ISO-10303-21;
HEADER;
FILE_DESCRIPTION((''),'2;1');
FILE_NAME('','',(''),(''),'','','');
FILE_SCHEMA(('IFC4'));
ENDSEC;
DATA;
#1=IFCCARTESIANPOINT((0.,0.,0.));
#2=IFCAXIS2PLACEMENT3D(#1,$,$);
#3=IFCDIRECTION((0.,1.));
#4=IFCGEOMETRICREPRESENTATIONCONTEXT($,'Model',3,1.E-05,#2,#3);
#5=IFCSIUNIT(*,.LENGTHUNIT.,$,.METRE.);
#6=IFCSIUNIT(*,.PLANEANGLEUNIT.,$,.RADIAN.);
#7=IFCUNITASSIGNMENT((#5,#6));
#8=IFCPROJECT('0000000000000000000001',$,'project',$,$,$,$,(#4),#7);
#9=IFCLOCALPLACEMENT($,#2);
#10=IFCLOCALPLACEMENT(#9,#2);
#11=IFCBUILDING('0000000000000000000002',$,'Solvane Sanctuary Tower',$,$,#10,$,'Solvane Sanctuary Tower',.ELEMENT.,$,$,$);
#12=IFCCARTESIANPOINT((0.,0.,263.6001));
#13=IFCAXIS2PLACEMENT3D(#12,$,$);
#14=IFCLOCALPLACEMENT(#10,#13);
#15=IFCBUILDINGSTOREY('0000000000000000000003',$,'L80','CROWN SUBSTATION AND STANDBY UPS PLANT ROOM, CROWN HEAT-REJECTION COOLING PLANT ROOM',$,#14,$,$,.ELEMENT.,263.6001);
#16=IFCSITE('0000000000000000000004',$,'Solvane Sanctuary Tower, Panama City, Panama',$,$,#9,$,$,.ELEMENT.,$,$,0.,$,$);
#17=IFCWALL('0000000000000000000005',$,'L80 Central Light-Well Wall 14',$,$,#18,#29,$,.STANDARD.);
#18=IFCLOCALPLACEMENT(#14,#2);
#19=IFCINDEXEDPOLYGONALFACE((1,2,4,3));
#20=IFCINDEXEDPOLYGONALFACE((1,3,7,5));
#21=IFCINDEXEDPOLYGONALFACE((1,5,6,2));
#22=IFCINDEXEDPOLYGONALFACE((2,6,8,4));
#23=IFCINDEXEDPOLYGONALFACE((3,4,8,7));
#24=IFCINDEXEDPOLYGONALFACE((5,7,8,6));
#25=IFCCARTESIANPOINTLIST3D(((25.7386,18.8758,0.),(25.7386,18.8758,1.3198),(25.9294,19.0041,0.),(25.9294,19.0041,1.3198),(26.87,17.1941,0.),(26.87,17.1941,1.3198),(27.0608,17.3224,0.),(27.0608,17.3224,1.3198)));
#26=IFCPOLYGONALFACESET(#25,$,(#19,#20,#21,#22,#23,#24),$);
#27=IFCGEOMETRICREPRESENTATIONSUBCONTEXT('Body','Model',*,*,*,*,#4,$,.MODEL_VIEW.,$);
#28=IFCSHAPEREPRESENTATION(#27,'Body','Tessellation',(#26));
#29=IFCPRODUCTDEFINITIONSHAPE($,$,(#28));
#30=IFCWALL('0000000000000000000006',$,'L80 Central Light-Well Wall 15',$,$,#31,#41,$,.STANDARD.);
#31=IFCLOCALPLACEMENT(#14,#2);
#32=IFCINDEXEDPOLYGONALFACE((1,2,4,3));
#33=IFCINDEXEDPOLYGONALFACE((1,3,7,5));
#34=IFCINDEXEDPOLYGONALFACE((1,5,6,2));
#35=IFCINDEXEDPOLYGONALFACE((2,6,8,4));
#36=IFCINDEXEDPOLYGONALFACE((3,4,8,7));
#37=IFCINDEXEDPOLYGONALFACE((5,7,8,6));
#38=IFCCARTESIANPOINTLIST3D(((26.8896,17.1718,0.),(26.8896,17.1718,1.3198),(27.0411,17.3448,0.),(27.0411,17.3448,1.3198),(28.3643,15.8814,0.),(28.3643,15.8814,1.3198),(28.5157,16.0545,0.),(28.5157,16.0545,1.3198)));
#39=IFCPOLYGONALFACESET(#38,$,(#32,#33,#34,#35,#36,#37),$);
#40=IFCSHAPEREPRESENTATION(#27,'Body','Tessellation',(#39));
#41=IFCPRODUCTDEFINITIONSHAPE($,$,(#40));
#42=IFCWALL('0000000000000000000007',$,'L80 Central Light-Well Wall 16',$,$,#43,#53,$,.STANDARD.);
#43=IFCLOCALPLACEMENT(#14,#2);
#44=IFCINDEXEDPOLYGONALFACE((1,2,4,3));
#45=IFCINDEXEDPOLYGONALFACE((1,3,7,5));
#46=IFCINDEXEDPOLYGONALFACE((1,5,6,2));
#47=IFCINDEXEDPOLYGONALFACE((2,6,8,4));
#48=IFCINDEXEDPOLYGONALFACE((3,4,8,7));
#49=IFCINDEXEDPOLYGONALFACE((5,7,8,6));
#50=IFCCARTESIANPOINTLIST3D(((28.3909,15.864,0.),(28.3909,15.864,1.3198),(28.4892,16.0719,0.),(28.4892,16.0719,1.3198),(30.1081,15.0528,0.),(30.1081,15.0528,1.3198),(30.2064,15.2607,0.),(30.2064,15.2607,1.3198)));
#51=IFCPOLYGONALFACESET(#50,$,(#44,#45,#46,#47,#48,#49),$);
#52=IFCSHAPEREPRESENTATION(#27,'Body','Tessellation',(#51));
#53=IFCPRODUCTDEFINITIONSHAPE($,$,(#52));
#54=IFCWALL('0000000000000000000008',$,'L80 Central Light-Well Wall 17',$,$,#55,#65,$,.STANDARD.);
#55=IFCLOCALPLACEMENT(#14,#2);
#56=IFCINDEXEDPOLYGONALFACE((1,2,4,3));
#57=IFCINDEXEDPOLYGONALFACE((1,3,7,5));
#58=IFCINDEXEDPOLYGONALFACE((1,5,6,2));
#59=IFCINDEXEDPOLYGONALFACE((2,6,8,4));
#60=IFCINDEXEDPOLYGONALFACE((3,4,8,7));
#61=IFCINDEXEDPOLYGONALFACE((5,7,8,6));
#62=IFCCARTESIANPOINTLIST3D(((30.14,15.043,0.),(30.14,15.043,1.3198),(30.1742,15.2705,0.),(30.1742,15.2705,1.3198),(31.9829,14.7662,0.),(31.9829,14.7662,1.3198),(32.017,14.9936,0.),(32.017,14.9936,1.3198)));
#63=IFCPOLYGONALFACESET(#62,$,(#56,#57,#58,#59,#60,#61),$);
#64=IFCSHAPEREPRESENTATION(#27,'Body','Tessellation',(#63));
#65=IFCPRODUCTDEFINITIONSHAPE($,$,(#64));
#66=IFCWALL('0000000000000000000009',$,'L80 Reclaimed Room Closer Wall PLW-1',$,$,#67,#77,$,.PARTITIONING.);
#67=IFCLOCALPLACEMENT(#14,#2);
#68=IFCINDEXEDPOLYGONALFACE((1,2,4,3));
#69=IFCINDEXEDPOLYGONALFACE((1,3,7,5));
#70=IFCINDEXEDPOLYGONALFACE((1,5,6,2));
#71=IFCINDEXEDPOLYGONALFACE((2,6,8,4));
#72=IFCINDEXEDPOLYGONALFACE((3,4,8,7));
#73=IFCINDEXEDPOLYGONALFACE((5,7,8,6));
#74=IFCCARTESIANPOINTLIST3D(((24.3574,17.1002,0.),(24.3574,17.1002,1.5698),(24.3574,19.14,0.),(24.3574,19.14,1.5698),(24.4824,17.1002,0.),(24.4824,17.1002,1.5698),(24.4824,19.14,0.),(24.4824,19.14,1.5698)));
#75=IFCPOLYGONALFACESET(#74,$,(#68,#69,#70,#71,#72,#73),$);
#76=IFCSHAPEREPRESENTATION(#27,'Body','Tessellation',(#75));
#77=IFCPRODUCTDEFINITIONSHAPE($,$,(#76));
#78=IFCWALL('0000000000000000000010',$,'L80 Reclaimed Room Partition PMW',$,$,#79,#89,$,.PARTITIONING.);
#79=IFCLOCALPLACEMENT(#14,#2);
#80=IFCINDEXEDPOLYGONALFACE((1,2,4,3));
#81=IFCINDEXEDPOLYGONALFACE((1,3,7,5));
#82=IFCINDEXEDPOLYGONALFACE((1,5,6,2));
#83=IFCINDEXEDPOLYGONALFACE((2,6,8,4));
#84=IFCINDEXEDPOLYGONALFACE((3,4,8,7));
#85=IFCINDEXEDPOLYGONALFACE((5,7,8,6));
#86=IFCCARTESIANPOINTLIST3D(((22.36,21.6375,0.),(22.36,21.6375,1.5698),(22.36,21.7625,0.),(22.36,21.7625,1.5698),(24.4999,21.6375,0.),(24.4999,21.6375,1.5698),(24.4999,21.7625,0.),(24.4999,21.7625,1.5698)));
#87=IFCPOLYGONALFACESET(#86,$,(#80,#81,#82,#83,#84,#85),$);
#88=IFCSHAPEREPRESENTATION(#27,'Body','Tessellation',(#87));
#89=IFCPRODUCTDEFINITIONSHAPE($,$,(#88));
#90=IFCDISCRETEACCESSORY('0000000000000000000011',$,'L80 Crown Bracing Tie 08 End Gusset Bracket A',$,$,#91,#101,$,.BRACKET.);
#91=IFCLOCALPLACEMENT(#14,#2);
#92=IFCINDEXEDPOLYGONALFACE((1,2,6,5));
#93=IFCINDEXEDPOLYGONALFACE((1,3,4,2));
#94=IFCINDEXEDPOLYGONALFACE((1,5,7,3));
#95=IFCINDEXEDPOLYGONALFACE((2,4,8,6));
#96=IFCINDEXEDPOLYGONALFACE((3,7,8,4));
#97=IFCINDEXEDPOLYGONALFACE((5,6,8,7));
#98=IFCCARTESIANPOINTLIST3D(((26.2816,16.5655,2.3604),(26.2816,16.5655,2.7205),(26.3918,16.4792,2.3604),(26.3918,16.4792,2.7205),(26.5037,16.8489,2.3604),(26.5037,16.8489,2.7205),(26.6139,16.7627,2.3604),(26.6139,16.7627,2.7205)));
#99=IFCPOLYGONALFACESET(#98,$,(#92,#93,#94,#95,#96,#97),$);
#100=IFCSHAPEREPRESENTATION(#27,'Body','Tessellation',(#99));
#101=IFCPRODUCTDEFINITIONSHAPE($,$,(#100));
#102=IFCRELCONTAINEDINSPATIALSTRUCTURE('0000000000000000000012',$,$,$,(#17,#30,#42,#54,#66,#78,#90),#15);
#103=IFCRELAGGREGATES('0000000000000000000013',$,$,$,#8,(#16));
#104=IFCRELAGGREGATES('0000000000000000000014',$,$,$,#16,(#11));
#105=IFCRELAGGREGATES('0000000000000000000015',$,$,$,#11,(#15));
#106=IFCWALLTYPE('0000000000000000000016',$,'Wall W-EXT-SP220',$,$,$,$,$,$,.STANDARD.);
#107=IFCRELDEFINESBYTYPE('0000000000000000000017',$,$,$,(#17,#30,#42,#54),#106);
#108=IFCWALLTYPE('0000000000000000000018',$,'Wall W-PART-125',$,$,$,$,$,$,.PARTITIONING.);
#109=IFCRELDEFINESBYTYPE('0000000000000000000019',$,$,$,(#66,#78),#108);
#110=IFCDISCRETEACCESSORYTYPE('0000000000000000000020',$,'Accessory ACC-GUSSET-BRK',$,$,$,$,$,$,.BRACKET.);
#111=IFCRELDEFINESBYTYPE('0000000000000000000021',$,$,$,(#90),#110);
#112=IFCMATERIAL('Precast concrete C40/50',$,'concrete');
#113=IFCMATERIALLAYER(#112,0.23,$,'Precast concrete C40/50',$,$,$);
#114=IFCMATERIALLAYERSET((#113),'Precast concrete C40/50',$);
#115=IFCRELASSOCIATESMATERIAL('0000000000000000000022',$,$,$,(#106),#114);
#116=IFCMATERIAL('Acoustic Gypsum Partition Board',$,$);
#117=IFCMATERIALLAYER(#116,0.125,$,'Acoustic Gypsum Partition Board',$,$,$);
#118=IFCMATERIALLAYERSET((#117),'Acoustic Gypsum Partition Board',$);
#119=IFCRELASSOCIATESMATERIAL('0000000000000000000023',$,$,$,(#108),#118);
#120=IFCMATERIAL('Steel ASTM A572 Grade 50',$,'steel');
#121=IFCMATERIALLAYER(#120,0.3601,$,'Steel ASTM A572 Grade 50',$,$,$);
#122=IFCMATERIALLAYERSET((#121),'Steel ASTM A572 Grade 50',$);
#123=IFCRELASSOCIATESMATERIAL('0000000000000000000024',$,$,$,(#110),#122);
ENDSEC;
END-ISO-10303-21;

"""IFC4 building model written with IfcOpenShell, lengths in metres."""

from ifc_helpers import new_model, si_unit, direction, frame, frame_2d, origin, origin_2d, place, context, subcontext, project, spatial, rectangle, extrude, material, layer, layer_set, type_object, element, save


model = new_model("IFC4")

# Units and contexts
model_context = context("Model", 3, precision=1e-05, world=origin(), true_north=direction((0.0, 1.0)))
body_context = subcontext(model_context, "Body", "Model", "MODEL_VIEW")
ifc_project = project(units=[si_unit("LENGTHUNIT", "METRE"), si_unit("PLANEANGLEUNIT", "RADIAN")], contexts=[model_context])

# Site, building, storey
site_placement = place(None, origin())
site = spatial("IfcSite", under=ifc_project, at=site_placement, Name="Solvane Sanctuary Tower, Panama City, Panama", CompositionType="ELEMENT", RefElevation=0.0)
building_placement = place(site_placement, origin())
building = spatial("IfcBuilding", under=site, at=building_placement, Name="Solvane Sanctuary Tower", LongName="Solvane Sanctuary Tower", CompositionType="ELEMENT")
storey_placement = place(building_placement, frame((0.0, 0.0, 263.6001)))
storey = spatial("IfcBuildingStorey", under=building, at=storey_placement, Name="L80", Description="CROWN SUBSTATION AND STANDBY UPS PLANT ROOM, CROWN HEAT-REJECTION COOLING PLANT ROOM", CompositionType="ELEMENT", Elevation=263.6001)

# Walls
ifc_material_1 = material(Name="Acoustic Gypsum Partition Board")
ifc_material_2 = material(Name="Precast concrete C40/50", Category="concrete")
ifc_layer_1 = layer(ifc_material_2, 0.23, Name="Precast concrete C40/50")
ifc_layer_set_1 = layer_set([ifc_layer_1], Name="Precast concrete C40/50")
wall_type_1 = type_object("IfcWallType", Name="Wall W-EXT-SP220", PredefinedType="STANDARD", material=ifc_layer_set_1)
wall_1_placement = place(storey_placement, frame((25.834, 18.9399, 0.0), z_axis=(0.0, 0.0, 1.0), x_axis=(0.558198, -0.829708, 0.0)))
element("IfcWall", 1, at=wall_1_placement, inside=storey, type_object=wall_type_1, Name="L80 Central Light-Well Wall 14", PredefinedType="STANDARD", context=body_context, shape_type="SweptSolid", body=[
    extrude(rectangle(XDim=2.0269, YDim=0.23, at=frame_2d((1.0134, 0.0))), origin(), (0.0, 0.0, 1.0), 1.3198),
])
wall_2_placement = place(storey_placement, frame((26.9653, 17.2583, 0.0), z_axis=(0.0, 0.0, 1.0), x_axis=(0.752577, -0.658505, 0.0)))
element("IfcWall", 2, at=wall_2_placement, inside=storey, type_object=wall_type_1, Name="L80 Central Light-Well Wall 15", PredefinedType="STANDARD", context=body_context, shape_type="SweptSolid", body=[
    extrude(rectangle(XDim=1.9595, YDim=0.23, at=frame_2d((0.9797, 0.0))), origin(), (0.0, 0.0, 1.0), 1.3198),
])
wall_3_placement = place(storey_placement, frame((28.4399, 15.968, 0.0), z_axis=(0.0, 0.0, 1.0), x_axis=(0.90418, -0.427152, 0.0)))
element("IfcWall", 3, at=wall_3_placement, inside=storey, type_object=wall_type_1, Name="L80 Central Light-Well Wall 16", PredefinedType="STANDARD", context=body_context, shape_type="SweptSolid", body=[
    extrude(rectangle(XDim=1.8992, YDim=0.23, at=frame_2d((0.9497, 0.0))), origin(), (0.0, 0.0, 1.0), 1.3198),
])
wall_4_placement = place(storey_placement, frame((30.1572, 15.1567, 0.0), z_axis=(0.0, 0.0, 1.0), x_axis=(0.988902, -0.148571, 0.0)))
element("IfcWall", 4, at=wall_4_placement, inside=storey, type_object=wall_type_1, Name="L80 Central Light-Well Wall 17", PredefinedType="STANDARD", context=body_context, shape_type="SweptSolid", body=[
    extrude(rectangle(XDim=1.8635, YDim=0.23, at=frame_2d((0.9316, 0.0))), origin(), (0.0, 0.0, 1.0), 1.3198),
])
ifc_layer_2 = layer(ifc_material_1, 0.125, Name="Acoustic Gypsum Partition Board")
ifc_layer_set_2 = layer_set([ifc_layer_2], Name="Acoustic Gypsum Partition Board")
wall_type_2 = type_object("IfcWallType", Name="Wall W-PART-125", PredefinedType="PARTITIONING", material=ifc_layer_set_2)
wall_5_placement = place(storey_placement, frame((24.4199, 17.1001, 0.0), z_axis=(0.0, 0.0, 1.0), x_axis=(0.0, 1.0, 0.0)))
element("IfcWall", 5, at=wall_5_placement, inside=storey, type_object=wall_type_2, Name="L80 Reclaimed Room Closer Wall PLW-1", PredefinedType="PARTITIONING", context=body_context, shape_type="SweptSolid", body=[
    extrude(rectangle(XDim=2.0398, YDim=0.125, at=frame_2d((1.02, 0.0))), origin(), (0.0, 0.0, 1.0), 1.5698),
])
wall_6_placement = place(storey_placement, frame((22.3601, 21.7, 0.0), z_axis=(0.0, 0.0, 1.0), x_axis=(1.0, 0.0, 0.0)))
element("IfcWall", 6, at=wall_6_placement, inside=storey, type_object=wall_type_2, Name="L80 Reclaimed Room Partition PMW", PredefinedType="PARTITIONING", context=body_context, shape_type="SweptSolid", body=[
    extrude(rectangle(XDim=2.1399, YDim=0.125, at=frame_2d((1.0698, 0.0))), origin(), (0.0, 0.0, 1.0), 1.5698),
])

# Discrete accessory
ifc_material_3 = material(Name="Steel ASTM A572 Grade 50", Category="steel")
ifc_layer_3 = layer(ifc_material_3, 0.3601, Name="Steel ASTM A572 Grade 50")
ifc_layer_set_3 = layer_set([ifc_layer_3], Name="Steel ASTM A572 Grade 50")
discrete_accessory_type = type_object("IfcDiscreteAccessoryType", Name="Accessory ACC-GUSSET-BRK", PredefinedType="BRACKET", material=ifc_layer_set_3)
discrete_accessory_placement = place(storey_placement, frame((26.4478, 16.6641, 2.3604), z_axis=(0.0, 0.0, 1.0), x_axis=(-0.616761, -0.78715, 0.0)))
element("IfcDiscreteAccessory", 7, at=discrete_accessory_placement, inside=storey, type_object=discrete_accessory_type, Name="L80 Crown Bracing Tie 08 End Gusset Bracket A", PredefinedType="BRACKET", context=body_context, shape_type="SweptSolid", body=[
    extrude(rectangle(XDim=0.3601, YDim=0.1399, at=origin_2d()), origin(), (0.0, 0.0, 1.0), 0.3601),
])

save(model, "model.ifc")
